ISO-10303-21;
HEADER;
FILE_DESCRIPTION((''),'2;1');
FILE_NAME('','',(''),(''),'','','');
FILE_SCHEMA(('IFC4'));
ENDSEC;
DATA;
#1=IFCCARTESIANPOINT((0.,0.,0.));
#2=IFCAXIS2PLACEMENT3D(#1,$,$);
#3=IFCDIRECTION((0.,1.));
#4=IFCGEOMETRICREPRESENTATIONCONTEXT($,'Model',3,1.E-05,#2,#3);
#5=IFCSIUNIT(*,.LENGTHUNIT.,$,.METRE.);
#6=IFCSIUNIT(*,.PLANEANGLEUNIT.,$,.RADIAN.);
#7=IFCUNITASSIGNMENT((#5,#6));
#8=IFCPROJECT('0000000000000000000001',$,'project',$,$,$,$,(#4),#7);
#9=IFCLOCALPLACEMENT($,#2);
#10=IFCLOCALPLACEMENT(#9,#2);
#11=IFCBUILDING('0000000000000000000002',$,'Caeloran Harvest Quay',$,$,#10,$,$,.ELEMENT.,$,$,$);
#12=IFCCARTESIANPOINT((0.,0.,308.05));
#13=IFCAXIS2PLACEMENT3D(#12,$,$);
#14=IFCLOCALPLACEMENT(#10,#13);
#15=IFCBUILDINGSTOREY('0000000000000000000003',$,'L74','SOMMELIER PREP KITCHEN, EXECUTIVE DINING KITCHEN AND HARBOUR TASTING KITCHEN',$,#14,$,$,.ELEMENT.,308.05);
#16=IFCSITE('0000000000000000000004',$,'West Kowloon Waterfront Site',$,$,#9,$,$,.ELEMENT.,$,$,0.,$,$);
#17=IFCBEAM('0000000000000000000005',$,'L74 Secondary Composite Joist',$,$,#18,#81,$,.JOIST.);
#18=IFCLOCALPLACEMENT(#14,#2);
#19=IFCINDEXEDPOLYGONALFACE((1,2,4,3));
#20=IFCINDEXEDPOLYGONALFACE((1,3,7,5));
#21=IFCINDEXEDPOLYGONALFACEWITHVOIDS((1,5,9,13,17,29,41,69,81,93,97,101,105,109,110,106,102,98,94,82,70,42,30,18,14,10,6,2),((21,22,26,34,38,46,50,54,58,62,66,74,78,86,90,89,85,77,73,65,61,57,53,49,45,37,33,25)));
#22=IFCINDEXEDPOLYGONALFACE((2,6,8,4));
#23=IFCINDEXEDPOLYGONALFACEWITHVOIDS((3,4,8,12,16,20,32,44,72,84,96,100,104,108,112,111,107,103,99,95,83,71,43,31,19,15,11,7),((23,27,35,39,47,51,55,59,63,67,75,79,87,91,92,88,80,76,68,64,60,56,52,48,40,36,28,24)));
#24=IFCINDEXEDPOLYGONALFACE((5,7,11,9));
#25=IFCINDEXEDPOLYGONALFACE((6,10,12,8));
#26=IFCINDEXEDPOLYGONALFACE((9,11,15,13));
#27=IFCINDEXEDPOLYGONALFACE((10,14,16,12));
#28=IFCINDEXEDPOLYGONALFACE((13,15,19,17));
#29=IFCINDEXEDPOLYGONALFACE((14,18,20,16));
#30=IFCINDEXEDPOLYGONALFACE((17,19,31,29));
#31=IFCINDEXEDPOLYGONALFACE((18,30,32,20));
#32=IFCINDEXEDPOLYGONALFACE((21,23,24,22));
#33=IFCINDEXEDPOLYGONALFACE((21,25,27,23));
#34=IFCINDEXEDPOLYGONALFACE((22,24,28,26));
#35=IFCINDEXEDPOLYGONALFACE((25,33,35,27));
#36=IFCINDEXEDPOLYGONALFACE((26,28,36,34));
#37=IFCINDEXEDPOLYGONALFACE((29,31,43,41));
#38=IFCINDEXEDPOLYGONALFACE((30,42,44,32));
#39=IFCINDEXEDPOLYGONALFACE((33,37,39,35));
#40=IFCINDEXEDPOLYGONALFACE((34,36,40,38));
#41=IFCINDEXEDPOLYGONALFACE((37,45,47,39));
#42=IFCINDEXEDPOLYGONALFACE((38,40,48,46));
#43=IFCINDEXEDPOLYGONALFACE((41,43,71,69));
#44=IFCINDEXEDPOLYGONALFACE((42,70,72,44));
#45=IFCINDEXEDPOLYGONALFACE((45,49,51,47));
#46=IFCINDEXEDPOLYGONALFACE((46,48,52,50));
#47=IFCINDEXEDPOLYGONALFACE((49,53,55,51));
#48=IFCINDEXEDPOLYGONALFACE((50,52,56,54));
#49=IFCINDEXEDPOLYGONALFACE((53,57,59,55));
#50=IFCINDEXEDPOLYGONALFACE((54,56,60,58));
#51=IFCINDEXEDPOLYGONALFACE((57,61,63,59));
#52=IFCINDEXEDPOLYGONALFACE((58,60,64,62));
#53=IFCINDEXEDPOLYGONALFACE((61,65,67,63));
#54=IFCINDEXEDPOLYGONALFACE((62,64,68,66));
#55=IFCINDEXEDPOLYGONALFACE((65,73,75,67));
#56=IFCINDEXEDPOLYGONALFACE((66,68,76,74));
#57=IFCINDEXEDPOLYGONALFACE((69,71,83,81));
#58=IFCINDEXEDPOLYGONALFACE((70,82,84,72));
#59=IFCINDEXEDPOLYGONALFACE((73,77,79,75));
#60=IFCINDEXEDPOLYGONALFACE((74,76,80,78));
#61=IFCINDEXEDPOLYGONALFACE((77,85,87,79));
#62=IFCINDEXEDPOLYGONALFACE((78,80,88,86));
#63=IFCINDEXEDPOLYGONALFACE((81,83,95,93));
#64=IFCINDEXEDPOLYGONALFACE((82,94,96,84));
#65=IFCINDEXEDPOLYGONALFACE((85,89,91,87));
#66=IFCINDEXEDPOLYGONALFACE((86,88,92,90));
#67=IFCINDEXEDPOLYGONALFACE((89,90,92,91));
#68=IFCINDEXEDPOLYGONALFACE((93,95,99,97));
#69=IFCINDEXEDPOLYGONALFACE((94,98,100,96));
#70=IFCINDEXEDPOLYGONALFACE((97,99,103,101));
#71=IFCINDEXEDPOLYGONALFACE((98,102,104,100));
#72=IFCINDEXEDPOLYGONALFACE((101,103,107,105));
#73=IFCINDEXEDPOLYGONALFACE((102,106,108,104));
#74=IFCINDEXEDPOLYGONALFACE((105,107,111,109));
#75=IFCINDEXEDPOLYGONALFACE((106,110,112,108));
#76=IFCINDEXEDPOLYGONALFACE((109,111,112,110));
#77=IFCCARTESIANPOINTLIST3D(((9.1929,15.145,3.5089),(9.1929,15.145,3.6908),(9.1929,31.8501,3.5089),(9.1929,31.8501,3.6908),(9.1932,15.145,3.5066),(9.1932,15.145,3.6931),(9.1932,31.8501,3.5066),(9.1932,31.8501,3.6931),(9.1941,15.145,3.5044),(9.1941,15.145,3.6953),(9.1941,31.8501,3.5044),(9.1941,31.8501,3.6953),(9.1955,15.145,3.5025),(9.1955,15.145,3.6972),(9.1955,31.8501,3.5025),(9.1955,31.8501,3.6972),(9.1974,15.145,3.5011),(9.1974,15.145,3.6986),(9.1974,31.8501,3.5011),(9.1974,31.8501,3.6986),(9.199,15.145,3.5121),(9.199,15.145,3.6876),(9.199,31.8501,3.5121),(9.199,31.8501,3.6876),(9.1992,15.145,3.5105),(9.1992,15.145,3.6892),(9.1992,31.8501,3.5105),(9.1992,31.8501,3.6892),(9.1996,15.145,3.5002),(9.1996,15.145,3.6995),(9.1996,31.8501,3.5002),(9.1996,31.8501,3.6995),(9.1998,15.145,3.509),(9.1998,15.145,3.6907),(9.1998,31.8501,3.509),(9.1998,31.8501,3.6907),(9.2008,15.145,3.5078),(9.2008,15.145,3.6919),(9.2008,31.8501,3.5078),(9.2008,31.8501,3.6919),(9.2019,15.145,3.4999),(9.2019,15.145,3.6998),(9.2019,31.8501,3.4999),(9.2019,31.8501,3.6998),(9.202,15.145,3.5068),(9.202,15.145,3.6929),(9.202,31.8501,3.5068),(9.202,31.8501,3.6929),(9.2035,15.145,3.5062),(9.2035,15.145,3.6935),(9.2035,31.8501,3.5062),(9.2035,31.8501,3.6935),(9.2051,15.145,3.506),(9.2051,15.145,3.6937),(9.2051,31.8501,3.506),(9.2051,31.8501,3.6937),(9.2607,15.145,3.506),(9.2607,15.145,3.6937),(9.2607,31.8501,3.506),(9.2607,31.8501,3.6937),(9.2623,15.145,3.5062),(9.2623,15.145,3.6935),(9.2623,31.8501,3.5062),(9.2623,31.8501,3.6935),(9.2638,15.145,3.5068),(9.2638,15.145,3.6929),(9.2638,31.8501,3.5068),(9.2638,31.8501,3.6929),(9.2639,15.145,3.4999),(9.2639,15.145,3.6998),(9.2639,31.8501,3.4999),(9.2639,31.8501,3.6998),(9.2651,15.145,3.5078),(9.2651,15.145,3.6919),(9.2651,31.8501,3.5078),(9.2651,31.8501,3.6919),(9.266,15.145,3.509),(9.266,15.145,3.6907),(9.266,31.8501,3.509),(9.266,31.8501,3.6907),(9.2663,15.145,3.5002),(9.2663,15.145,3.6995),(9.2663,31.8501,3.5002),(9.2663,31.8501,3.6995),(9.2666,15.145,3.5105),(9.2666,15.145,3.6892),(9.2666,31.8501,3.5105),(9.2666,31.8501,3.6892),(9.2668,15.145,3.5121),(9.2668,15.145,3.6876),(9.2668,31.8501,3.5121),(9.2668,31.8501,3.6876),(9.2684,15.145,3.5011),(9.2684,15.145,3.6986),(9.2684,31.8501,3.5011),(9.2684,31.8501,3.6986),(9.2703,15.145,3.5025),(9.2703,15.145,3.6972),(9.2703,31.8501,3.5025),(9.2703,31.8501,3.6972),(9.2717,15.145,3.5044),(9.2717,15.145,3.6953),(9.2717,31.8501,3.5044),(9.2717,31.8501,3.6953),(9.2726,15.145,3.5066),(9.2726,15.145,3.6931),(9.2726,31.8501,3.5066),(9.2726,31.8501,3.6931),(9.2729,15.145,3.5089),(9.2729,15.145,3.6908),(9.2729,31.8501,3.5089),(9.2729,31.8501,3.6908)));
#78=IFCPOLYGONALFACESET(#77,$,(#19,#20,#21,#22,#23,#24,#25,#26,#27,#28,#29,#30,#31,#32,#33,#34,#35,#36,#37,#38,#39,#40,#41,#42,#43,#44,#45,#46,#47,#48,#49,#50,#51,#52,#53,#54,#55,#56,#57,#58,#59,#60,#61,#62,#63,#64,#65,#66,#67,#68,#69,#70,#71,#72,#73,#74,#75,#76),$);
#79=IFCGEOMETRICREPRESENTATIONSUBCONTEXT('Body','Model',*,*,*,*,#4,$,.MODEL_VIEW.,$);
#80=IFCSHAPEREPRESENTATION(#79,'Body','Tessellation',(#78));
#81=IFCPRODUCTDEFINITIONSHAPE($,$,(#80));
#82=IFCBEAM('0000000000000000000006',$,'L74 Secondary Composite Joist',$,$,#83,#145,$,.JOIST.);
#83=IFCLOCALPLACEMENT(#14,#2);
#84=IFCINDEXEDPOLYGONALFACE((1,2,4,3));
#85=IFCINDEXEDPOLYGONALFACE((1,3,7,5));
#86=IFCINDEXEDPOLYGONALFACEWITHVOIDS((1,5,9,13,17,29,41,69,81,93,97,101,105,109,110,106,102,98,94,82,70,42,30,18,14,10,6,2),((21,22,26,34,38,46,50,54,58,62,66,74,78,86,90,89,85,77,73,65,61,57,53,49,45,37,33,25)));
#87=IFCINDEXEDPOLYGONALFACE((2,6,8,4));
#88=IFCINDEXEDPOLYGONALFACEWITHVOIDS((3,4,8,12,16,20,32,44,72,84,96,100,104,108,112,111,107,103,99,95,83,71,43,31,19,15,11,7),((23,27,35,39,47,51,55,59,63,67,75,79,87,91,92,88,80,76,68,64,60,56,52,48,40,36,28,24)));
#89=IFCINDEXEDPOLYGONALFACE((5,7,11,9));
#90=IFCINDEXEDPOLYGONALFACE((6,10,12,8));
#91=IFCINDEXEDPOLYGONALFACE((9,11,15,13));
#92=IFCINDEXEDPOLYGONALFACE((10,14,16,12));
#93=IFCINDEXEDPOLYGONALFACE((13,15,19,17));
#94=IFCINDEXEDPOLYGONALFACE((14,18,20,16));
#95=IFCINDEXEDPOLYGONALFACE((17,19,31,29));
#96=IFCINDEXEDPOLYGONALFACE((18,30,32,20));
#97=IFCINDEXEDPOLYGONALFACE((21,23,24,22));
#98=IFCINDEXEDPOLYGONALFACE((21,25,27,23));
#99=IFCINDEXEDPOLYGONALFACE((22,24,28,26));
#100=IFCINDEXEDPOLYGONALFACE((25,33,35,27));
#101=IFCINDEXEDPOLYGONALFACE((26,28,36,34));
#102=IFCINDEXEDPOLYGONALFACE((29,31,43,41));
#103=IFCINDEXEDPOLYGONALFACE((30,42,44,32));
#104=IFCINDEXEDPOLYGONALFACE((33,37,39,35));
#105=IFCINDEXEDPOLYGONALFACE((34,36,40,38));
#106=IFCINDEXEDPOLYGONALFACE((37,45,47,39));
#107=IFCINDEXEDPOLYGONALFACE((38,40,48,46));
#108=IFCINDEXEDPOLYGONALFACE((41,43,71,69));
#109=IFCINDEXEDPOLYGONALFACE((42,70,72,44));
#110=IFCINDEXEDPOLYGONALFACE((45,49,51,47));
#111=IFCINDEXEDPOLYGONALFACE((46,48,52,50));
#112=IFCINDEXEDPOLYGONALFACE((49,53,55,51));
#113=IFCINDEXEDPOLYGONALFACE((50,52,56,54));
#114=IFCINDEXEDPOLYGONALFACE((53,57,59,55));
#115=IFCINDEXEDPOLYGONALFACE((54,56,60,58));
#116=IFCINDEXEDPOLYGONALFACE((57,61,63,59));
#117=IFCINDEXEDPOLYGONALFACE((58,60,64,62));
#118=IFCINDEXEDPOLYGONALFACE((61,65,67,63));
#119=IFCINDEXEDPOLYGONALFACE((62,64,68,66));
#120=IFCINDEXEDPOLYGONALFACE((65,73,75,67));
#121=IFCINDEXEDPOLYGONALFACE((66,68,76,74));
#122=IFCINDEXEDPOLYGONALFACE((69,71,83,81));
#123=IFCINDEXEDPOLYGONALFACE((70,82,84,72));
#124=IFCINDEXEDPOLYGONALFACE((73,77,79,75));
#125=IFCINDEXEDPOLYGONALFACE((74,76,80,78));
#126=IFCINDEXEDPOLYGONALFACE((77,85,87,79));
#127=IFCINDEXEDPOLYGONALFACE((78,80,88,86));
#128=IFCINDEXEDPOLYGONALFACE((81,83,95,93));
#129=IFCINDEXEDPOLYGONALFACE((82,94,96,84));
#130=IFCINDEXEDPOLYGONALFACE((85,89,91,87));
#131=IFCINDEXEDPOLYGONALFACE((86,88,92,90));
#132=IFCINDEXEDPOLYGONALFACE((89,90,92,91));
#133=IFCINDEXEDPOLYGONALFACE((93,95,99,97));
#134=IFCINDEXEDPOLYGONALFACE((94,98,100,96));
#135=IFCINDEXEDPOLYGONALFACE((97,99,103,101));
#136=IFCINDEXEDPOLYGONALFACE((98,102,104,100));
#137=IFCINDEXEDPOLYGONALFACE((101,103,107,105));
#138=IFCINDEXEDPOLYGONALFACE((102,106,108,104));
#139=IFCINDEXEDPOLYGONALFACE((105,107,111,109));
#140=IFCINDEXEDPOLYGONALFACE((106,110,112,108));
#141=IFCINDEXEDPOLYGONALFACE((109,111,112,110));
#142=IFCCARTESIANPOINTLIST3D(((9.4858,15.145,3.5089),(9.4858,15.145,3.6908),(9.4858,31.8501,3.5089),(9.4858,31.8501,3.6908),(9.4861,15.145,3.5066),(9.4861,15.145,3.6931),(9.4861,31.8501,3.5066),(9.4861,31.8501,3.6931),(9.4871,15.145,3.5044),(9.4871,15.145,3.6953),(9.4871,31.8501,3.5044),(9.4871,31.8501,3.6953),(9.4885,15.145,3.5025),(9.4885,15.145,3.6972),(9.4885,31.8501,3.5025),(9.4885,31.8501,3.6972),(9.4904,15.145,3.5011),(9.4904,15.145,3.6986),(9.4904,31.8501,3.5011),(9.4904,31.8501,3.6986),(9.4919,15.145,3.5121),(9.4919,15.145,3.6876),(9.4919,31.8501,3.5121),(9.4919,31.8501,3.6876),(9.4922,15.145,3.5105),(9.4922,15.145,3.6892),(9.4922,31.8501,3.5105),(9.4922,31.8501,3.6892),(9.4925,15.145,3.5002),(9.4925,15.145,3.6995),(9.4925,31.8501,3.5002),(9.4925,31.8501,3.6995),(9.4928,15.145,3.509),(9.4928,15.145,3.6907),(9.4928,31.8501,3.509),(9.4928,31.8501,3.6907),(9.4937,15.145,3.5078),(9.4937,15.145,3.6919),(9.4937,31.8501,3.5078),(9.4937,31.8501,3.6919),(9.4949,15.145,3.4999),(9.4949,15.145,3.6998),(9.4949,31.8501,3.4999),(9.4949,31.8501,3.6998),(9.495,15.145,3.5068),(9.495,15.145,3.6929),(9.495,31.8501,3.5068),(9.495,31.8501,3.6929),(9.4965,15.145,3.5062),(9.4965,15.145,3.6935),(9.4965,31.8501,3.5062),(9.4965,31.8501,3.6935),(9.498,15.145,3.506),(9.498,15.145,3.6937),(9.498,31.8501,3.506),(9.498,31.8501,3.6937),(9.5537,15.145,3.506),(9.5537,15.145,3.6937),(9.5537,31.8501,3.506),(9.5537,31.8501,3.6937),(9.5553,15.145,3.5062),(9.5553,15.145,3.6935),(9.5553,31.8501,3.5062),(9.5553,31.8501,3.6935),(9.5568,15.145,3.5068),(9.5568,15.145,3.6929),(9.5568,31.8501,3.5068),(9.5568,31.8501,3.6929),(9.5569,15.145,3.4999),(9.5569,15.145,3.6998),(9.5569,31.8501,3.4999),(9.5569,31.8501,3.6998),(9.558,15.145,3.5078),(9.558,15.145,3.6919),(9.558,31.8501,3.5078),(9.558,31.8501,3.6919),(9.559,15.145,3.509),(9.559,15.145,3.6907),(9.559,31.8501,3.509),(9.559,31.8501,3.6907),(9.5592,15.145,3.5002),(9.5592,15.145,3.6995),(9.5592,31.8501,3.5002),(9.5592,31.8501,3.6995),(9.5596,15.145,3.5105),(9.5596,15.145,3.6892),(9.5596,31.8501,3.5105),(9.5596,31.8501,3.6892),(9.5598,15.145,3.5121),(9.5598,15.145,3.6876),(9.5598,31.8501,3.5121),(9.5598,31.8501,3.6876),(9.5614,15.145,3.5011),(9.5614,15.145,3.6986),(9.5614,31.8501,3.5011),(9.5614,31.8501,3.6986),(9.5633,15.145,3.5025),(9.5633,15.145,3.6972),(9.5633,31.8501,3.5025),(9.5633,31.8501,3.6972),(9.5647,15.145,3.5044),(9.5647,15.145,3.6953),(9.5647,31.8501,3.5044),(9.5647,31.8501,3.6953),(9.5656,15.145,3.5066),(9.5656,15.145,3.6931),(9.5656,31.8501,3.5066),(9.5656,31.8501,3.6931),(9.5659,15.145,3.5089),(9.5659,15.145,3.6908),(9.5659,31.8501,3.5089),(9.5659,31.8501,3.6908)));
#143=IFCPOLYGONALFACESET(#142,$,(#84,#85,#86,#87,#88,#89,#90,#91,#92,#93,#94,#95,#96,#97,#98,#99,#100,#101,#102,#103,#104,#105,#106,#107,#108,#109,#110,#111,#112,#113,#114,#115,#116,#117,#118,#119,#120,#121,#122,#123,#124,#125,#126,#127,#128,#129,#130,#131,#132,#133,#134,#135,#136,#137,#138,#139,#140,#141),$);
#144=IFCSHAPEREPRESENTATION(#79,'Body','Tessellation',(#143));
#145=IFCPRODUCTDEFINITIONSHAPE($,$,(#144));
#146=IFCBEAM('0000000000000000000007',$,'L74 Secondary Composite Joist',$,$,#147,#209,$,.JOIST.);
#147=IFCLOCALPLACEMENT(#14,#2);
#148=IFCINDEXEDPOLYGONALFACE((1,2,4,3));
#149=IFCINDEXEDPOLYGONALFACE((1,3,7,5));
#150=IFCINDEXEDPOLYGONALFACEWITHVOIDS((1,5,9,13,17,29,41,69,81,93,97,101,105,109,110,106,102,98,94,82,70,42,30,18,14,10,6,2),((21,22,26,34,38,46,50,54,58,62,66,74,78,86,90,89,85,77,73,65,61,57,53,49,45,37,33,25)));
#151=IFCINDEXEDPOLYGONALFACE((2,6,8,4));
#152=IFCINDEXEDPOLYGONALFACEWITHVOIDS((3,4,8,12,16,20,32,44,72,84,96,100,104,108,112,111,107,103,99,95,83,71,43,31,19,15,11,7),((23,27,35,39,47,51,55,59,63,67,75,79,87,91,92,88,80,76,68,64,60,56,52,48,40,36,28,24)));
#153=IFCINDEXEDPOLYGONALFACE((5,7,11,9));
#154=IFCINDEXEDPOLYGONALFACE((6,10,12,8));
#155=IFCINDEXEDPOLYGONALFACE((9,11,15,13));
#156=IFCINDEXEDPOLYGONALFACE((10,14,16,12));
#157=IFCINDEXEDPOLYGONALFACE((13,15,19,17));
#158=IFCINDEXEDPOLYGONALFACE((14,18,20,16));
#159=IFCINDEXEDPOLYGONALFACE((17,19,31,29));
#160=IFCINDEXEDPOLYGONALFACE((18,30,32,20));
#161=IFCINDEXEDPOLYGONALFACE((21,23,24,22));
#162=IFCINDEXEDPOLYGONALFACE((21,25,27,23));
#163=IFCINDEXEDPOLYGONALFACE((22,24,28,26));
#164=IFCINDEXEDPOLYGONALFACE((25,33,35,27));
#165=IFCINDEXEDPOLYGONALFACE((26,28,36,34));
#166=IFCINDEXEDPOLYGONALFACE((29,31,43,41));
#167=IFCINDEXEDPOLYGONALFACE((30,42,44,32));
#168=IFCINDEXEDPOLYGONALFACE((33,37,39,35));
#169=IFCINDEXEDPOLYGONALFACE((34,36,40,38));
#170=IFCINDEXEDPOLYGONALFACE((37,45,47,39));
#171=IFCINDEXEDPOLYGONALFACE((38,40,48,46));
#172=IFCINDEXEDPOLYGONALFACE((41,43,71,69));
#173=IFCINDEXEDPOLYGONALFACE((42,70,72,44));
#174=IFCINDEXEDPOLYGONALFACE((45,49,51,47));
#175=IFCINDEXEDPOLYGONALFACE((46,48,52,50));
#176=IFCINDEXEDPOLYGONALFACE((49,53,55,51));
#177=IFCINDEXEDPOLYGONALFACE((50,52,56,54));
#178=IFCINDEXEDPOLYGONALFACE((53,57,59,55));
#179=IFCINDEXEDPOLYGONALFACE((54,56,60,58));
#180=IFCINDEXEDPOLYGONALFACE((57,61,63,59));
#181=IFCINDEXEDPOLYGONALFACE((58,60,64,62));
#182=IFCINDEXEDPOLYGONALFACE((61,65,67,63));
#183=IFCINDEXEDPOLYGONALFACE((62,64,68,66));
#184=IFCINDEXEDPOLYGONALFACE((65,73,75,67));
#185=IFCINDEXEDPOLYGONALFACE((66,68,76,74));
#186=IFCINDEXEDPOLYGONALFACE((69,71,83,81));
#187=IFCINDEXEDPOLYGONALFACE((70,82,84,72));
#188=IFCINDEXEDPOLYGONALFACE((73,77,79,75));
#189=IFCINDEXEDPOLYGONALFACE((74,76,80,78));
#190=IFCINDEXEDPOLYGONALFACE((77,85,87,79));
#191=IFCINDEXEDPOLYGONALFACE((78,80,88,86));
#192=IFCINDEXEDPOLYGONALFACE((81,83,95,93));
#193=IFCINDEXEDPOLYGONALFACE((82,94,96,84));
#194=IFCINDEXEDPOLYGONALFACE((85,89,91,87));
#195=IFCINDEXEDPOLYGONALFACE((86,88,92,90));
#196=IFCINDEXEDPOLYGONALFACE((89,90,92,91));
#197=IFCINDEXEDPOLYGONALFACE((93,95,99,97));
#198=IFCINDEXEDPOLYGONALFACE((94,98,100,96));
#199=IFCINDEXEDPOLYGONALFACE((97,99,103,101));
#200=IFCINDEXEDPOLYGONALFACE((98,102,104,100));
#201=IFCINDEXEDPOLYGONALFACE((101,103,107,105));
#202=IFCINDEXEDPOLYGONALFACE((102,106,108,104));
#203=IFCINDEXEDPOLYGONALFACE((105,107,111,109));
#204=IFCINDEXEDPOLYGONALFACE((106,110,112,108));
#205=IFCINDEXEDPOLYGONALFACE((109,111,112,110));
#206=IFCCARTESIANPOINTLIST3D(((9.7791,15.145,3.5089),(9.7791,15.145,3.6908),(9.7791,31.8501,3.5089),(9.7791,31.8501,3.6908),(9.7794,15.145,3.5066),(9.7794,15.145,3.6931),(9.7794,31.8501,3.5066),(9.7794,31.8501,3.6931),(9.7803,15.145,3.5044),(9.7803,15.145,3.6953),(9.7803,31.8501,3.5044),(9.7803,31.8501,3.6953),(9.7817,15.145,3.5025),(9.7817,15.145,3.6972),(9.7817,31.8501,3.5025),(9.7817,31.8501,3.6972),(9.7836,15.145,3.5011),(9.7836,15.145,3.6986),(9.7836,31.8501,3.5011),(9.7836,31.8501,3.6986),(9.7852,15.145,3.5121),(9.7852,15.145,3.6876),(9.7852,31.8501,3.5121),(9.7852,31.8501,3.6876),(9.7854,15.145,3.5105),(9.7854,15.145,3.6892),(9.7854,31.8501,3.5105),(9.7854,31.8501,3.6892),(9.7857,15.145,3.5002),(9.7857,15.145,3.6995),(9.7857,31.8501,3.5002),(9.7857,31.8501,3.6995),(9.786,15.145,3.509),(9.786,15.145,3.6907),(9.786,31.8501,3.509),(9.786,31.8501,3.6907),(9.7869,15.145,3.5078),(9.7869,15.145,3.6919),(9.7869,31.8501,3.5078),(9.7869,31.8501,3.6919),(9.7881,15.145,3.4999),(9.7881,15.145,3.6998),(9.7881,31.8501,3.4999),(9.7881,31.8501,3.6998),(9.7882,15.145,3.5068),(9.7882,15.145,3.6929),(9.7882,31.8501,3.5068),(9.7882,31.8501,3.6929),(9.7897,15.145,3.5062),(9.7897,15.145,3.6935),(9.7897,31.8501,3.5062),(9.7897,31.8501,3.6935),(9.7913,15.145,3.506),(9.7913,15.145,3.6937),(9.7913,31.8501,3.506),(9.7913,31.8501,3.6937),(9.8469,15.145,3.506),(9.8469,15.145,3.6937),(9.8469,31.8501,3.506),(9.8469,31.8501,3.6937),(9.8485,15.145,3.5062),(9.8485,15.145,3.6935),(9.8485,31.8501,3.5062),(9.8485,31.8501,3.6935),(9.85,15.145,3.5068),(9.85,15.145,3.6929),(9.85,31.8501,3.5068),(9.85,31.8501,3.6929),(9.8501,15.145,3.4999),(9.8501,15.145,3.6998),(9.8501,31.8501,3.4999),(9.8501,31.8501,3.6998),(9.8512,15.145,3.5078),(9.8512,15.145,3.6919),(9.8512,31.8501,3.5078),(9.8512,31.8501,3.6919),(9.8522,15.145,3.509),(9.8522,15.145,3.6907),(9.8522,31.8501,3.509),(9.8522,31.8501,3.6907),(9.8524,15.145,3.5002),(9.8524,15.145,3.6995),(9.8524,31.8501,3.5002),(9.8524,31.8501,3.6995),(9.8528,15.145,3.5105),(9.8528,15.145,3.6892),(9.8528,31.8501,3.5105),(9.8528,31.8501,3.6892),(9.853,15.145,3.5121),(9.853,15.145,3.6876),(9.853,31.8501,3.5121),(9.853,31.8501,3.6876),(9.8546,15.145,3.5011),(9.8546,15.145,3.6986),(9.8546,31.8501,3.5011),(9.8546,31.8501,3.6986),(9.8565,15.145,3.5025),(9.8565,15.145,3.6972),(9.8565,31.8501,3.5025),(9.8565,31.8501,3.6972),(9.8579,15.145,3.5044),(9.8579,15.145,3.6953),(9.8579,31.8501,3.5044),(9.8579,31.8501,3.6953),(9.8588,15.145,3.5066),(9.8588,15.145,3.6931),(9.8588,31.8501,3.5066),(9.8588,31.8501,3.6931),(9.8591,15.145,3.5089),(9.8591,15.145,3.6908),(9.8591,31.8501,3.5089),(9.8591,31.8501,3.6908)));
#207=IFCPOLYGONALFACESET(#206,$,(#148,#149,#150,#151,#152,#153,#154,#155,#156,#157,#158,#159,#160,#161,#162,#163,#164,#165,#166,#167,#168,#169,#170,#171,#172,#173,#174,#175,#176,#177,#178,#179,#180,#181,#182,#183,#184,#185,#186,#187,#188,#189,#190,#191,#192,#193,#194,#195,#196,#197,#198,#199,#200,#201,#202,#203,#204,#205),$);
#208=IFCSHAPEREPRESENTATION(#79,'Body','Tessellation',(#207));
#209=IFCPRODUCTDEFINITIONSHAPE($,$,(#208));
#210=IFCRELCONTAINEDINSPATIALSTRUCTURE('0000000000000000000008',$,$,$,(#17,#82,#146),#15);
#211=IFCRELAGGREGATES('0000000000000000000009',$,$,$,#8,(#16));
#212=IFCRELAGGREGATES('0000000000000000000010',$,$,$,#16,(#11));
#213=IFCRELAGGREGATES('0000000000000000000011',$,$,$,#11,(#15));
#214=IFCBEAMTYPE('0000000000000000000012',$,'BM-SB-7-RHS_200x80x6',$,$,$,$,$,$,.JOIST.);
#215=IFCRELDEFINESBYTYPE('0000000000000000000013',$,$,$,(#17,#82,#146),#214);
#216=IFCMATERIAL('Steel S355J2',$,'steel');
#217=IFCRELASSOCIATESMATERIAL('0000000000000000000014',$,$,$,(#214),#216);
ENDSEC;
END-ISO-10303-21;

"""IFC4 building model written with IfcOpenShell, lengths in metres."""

from ifc_helpers import new_model, si_unit, direction, frame, origin, origin_2d, place, context, subcontext, project, spatial, hollow_rectangle, extrude, material, material_profile, profile_set, type_object, element, save


model = new_model("IFC4")

# Units and contexts
model_context = context("Model", 3, precision=1e-05, world=origin(), true_north=direction((0.0, 1.0)))
body_context = subcontext(model_context, "Body", "Model", "MODEL_VIEW")
ifc_project = project(units=[si_unit("LENGTHUNIT", "METRE"), si_unit("PLANEANGLEUNIT", "RADIAN")], contexts=[model_context])

# Site, building, storey
site_placement = place(None, origin())
site = spatial("IfcSite", under=ifc_project, at=site_placement, Name="West Kowloon Waterfront Site", CompositionType="ELEMENT", RefElevation=0.0)
building_placement = place(site_placement, origin())
building = spatial("IfcBuilding", under=site, at=building_placement, Name="Caeloran Harvest Quay", CompositionType="ELEMENT")
storey_placement = place(building_placement, frame((0.0, 0.0, 308.05)))
storey = spatial("IfcBuildingStorey", under=building, at=storey_placement, Name="L74", Description="SOMMELIER PREP KITCHEN, EXECUTIVE DINING KITCHEN AND HARBOUR TASTING KITCHEN", CompositionType="ELEMENT", Elevation=308.05)

# Beams
ifc_material_1 = material(Name="Steel S355J2", Category="steel")
ifc_material_profile_1 = material_profile(ifc_material_1, hollow_rectangle(XDim=0.0801, YDim=0.2, WallThickness=0.0061, InnerFilletRadius=0.0061, OuterFilletRadius=0.009, at=origin_2d()), Name="RHS 200x80x6")
ifc_profile_set_1 = profile_set([ifc_material_profile_1], Name="Steel S355J2")
beam_type_1 = type_object("IfcBeamType", Name="BM-SB-7-RHS_200x80x6", PredefinedType="JOIST", material=ifc_profile_set_1)
for number, where, z_axis, x_axis, name in (
    (1, (9.2329, 15.145, 3.5999), (0.0, 1.0, 0.0), (-1.0, 0.0, 0.0), "L74 Secondary Composite Joist"),
    (2, (9.5259, 15.145, 3.5999), (0.0, 1.0, 0.0), (-1.0, 0.0, 0.0), "L74 Secondary Composite Joist"),
    (3, (9.8191, 15.145, 3.5999), (0.0, 1.0, 0.0), (-1.0, 0.0, 0.0), "L74 Secondary Composite Joist"),
):
    element("IfcBeam", number, at=place(storey_placement, frame(where, z_axis=z_axis, x_axis=x_axis)), inside=storey, type_object=beam_type_1, Name=name, PredefinedType="JOIST", context=body_context, shape_type="SweptSolid", body=[
        extrude(hollow_rectangle(XDim=0.0801, YDim=0.2, WallThickness=0.0061, InnerFilletRadius=0.0061, OuterFilletRadius=0.009, at=origin_2d()), origin(), (0.0, 0.0, 1.0), 16.7051),
    ])

save(model, "model.ifc")
